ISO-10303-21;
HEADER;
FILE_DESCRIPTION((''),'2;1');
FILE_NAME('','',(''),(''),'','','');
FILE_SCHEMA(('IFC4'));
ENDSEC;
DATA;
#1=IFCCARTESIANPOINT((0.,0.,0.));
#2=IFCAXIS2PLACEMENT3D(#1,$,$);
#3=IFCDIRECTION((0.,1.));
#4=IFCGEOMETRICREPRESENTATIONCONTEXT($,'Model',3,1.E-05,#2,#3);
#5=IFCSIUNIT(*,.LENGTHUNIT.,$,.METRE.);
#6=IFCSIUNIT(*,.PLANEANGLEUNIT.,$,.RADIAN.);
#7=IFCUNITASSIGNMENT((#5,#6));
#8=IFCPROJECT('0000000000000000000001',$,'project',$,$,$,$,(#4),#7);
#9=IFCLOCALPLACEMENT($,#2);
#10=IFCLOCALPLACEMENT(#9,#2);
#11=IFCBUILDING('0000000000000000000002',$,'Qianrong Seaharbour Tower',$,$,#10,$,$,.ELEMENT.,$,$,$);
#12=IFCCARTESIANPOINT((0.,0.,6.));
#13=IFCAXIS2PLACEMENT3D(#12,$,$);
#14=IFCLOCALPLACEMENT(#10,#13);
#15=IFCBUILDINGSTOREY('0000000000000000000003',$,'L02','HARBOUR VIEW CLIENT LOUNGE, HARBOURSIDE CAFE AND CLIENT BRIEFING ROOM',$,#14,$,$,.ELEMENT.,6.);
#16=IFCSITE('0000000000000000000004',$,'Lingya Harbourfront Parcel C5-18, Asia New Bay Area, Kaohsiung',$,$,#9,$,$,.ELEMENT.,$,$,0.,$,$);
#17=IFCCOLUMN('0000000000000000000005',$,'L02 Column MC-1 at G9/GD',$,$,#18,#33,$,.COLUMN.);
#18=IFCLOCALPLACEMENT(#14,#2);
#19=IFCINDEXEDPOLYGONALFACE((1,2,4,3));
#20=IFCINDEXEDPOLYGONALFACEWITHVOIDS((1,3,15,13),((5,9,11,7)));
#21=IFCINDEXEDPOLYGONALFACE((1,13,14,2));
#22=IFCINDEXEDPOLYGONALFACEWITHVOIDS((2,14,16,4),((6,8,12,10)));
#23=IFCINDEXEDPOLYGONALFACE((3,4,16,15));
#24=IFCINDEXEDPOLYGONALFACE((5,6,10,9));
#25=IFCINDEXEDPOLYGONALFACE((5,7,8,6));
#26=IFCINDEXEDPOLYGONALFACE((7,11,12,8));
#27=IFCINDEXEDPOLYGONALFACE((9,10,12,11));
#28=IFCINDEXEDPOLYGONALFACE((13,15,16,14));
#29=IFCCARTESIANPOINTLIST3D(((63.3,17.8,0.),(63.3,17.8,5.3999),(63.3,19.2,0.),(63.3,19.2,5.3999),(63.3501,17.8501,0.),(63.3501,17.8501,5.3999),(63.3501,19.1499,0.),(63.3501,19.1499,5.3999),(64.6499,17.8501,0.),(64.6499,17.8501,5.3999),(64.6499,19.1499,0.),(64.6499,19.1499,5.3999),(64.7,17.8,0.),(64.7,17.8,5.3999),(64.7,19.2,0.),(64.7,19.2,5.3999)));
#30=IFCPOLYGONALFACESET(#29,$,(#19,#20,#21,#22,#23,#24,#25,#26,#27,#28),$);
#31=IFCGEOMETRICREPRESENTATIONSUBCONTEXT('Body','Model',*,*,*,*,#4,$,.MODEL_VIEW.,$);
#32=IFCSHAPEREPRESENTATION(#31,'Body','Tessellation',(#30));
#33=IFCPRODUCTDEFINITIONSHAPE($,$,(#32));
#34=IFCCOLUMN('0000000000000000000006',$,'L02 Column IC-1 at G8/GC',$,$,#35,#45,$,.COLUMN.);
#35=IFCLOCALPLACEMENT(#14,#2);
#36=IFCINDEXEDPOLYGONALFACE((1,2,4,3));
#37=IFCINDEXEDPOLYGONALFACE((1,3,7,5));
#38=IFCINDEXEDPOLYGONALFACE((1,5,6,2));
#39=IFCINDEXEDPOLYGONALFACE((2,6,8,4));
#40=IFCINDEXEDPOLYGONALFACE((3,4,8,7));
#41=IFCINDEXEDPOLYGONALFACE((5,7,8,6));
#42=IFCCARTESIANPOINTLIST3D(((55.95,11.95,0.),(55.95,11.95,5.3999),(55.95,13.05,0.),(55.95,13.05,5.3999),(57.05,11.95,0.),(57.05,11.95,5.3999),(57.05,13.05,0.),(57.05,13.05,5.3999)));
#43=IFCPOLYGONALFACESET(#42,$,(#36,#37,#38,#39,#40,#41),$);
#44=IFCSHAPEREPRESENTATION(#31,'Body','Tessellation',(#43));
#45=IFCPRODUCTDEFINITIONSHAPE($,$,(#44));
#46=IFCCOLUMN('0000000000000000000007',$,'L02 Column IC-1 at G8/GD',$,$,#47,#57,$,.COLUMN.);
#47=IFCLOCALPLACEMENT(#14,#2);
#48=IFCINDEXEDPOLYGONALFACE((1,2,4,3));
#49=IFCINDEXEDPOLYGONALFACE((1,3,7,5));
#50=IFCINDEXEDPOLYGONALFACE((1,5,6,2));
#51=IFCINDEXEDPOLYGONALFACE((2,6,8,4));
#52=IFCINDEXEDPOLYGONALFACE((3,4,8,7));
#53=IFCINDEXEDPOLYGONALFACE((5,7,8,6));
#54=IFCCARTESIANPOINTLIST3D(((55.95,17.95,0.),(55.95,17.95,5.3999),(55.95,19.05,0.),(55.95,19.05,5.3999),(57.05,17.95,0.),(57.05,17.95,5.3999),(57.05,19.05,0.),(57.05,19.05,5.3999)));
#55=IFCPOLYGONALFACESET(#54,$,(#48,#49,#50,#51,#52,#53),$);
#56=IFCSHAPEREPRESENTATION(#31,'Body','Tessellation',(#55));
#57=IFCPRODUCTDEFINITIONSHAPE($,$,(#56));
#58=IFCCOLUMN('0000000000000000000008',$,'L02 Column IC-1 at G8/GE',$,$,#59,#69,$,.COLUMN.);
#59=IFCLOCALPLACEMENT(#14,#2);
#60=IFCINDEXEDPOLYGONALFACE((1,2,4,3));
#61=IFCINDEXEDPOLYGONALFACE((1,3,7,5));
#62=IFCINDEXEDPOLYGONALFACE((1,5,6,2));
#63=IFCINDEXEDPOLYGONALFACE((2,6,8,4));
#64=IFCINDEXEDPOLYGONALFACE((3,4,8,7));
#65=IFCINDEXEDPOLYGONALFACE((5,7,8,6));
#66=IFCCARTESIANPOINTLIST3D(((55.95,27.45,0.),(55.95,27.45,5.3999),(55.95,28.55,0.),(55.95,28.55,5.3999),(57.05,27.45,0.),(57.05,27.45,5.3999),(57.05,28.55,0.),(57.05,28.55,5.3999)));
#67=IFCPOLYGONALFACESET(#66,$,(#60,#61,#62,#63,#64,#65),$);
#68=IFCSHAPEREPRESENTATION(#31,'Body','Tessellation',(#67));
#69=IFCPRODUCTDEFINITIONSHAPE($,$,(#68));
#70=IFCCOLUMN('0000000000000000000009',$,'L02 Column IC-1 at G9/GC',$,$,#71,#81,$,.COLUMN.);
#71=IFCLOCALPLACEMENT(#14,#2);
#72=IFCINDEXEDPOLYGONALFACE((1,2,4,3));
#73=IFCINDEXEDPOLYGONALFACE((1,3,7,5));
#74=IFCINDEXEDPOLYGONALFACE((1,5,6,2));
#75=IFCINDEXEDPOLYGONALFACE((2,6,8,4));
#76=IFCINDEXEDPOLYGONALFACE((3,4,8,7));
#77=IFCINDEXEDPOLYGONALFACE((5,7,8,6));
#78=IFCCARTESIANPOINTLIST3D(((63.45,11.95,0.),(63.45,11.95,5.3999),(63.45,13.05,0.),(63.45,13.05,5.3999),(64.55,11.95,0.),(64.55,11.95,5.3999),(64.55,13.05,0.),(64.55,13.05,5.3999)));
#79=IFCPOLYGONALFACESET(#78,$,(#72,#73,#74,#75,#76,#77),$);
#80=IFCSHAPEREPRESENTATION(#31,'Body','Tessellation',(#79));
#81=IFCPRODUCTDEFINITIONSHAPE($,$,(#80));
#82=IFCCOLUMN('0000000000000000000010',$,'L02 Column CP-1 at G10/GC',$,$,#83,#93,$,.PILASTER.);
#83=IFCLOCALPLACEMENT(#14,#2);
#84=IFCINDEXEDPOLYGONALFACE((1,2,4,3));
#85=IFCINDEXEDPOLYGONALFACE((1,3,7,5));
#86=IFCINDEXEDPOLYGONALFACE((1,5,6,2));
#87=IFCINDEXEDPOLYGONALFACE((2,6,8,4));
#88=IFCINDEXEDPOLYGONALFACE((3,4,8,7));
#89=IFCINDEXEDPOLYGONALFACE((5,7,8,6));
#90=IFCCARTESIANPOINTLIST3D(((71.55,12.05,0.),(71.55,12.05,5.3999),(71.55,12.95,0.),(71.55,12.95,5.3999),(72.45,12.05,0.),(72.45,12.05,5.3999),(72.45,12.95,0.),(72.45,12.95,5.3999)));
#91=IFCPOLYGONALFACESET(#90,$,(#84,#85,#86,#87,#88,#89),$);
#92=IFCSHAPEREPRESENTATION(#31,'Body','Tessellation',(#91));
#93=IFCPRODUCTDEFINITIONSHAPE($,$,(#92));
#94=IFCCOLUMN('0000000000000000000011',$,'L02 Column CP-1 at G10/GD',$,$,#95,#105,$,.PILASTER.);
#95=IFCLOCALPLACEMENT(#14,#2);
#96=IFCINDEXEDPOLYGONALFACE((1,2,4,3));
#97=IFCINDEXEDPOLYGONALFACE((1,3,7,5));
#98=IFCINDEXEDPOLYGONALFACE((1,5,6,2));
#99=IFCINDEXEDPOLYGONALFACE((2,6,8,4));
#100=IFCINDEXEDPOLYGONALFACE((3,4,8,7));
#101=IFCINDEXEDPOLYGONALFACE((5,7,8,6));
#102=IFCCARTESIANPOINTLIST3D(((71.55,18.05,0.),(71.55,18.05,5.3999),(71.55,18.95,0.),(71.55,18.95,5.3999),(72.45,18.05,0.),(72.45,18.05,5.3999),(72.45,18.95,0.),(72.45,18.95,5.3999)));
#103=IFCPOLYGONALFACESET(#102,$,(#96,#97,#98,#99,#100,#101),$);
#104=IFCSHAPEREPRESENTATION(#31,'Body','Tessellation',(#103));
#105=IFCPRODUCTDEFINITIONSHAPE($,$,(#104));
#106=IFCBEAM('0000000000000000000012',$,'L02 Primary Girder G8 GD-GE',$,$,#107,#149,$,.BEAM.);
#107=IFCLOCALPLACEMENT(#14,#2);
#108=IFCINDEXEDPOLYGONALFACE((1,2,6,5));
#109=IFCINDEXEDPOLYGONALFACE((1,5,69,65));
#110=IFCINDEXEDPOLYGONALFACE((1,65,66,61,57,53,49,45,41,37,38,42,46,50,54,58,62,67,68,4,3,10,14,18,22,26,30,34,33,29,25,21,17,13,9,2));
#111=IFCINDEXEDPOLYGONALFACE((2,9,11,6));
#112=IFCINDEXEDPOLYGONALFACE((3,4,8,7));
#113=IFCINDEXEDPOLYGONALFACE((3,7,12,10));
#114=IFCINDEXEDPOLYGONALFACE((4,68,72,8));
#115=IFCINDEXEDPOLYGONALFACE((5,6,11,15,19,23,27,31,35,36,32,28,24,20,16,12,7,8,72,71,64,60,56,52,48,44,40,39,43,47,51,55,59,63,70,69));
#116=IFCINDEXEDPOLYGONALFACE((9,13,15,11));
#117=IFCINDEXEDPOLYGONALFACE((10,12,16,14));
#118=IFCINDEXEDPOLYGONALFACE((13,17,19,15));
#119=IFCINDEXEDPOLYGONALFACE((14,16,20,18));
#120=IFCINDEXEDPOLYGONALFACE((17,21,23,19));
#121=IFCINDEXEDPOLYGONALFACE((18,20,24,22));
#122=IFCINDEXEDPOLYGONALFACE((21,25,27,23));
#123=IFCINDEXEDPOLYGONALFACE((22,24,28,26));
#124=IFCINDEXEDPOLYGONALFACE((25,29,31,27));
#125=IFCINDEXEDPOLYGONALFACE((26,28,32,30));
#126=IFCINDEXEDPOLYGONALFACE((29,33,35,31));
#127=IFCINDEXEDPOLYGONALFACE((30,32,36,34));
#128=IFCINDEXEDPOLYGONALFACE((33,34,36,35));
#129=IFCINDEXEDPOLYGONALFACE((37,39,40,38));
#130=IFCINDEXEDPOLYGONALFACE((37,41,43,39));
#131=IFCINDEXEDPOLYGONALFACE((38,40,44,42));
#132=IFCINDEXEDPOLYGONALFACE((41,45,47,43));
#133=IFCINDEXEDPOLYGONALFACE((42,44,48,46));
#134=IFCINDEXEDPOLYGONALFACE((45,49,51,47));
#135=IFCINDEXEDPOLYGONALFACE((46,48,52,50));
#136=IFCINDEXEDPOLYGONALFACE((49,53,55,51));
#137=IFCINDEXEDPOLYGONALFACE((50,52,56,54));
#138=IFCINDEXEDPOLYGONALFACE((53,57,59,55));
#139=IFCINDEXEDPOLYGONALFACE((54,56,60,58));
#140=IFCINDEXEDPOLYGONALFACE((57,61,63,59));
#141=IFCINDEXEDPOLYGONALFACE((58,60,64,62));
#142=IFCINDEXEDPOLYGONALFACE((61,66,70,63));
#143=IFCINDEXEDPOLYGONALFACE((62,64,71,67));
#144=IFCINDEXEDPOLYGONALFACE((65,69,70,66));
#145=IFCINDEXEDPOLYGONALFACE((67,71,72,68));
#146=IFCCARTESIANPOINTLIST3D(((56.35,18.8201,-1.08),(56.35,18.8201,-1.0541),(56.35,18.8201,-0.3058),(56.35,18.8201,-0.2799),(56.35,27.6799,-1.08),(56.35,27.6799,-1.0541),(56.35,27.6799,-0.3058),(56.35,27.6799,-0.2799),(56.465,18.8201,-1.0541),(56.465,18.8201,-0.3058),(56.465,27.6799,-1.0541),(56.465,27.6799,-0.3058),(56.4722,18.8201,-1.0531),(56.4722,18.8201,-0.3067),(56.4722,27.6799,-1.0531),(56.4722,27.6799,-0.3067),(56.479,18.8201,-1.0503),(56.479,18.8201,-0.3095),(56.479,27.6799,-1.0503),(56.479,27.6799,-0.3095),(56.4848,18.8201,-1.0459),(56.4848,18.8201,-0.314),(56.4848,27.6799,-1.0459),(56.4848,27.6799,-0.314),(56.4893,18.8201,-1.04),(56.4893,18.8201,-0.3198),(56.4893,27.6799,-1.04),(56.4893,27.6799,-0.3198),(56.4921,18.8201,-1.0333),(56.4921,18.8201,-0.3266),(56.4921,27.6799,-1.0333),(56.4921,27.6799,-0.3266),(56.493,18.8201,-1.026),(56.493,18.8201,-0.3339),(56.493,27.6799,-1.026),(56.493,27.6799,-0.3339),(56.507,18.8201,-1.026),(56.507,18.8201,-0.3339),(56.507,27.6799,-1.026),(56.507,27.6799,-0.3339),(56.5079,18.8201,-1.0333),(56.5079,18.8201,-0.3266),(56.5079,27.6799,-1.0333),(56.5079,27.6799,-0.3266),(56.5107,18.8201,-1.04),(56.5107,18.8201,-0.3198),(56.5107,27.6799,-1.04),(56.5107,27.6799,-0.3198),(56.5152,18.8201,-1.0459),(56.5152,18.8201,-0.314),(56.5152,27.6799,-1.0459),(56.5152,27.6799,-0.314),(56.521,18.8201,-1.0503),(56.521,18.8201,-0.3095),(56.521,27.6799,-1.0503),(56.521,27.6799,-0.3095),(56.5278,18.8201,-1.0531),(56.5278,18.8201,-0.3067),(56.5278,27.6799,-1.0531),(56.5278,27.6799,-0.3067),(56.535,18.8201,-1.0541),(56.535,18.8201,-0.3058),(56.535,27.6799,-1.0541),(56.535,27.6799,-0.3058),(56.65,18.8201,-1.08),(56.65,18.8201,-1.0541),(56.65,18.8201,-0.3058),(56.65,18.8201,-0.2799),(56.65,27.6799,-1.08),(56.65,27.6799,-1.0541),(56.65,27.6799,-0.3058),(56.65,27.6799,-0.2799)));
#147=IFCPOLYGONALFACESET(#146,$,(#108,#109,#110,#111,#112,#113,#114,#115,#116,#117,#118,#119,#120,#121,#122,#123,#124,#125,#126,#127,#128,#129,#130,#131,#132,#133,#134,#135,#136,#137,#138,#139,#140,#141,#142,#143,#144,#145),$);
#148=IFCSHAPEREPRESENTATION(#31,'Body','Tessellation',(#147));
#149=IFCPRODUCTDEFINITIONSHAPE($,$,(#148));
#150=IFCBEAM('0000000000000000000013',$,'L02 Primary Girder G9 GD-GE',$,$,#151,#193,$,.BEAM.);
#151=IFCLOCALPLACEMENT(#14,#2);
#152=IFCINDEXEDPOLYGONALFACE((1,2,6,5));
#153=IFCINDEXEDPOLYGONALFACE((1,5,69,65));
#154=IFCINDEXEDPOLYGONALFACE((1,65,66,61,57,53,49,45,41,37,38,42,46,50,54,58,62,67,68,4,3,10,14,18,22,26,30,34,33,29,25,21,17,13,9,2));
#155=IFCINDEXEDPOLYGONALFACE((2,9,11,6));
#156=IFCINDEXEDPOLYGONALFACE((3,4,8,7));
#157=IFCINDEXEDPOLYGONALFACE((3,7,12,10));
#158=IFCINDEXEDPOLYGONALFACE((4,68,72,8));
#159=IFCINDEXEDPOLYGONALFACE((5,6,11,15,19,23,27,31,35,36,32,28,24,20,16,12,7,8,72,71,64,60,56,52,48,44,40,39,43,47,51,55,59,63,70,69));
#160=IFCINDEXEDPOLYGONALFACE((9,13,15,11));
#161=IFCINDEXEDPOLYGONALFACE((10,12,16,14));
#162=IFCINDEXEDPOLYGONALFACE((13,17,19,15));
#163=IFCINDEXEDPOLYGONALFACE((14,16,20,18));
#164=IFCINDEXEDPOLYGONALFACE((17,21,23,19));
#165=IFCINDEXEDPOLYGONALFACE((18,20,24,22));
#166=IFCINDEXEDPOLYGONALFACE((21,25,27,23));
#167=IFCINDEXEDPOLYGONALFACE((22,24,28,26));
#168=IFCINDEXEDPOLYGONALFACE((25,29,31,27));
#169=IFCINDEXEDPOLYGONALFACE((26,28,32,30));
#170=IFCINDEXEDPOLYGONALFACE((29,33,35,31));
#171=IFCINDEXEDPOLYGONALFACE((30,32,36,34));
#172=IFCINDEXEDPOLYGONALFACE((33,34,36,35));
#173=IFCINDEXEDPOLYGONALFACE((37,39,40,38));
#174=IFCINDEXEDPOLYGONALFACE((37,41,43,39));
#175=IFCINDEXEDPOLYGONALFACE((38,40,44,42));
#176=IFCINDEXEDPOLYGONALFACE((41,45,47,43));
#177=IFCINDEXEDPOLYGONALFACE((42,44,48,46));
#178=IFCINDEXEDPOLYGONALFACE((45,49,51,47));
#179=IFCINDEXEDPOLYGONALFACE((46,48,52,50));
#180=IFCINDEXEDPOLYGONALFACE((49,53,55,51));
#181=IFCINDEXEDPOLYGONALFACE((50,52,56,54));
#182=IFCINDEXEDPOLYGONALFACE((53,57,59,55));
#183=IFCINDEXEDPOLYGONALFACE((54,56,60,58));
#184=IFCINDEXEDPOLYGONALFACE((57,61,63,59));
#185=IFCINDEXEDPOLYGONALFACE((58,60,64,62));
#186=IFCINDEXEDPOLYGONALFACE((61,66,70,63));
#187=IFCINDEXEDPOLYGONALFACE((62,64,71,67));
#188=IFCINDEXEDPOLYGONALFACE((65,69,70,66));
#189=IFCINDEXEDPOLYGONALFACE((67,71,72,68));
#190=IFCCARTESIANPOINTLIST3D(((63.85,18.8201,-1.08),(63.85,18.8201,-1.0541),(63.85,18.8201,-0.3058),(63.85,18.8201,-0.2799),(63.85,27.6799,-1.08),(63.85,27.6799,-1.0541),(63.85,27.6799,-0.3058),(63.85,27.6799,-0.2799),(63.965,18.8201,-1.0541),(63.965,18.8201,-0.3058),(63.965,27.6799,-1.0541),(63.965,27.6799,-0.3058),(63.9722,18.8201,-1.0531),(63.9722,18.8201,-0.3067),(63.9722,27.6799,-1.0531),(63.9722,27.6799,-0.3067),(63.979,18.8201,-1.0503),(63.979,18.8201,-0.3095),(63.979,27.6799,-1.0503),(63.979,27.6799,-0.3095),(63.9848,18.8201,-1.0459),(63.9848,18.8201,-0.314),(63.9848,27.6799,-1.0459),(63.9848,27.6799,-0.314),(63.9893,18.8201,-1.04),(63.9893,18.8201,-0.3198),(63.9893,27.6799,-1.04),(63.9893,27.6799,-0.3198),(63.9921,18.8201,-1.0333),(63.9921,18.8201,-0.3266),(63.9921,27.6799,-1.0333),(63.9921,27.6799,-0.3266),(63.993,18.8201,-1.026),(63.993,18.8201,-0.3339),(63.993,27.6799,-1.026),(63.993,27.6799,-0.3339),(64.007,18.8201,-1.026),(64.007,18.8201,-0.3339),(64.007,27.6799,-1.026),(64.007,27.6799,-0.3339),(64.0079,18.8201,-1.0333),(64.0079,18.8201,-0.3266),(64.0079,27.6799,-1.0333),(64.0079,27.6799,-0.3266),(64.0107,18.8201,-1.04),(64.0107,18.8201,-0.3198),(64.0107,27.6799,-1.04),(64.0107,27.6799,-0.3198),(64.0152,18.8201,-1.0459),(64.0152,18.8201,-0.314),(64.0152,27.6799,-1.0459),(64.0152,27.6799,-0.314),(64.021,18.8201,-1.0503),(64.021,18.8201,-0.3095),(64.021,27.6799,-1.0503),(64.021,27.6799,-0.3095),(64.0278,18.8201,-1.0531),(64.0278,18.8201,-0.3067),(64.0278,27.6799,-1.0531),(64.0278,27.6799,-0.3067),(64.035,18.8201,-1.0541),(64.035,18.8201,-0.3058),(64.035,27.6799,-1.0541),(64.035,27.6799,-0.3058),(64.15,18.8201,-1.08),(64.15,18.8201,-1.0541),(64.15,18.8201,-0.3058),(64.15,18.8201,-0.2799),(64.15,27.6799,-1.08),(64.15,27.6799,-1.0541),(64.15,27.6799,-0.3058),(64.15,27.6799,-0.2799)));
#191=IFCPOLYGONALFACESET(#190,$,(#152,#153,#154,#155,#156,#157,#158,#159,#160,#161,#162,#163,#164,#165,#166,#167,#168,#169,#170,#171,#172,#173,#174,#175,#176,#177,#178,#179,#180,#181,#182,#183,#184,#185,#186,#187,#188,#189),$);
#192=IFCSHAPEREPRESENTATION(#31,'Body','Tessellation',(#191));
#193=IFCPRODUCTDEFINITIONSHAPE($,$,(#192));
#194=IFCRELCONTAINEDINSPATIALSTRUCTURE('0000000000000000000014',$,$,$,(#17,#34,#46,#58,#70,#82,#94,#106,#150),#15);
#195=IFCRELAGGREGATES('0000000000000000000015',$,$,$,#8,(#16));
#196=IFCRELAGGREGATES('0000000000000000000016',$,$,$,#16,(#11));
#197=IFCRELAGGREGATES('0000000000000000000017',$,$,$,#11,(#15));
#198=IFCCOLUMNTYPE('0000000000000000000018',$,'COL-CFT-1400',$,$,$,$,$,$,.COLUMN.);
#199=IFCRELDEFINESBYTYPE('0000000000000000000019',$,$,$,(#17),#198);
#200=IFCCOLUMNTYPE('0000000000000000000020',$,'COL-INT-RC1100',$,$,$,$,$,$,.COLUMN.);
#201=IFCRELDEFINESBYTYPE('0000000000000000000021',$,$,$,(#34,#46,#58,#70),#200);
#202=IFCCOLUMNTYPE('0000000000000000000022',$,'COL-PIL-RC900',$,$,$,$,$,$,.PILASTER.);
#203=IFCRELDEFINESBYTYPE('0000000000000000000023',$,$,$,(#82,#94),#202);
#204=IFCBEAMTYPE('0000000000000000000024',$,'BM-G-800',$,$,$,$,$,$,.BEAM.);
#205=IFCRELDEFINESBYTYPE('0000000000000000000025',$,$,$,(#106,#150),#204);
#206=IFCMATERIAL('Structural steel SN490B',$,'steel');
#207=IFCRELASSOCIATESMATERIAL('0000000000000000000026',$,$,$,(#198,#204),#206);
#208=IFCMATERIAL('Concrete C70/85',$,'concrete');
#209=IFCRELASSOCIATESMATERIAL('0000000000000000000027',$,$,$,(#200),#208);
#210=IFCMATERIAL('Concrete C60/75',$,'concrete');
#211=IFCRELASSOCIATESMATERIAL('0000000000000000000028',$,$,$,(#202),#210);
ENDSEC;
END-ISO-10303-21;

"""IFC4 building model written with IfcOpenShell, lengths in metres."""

from ifc_helpers import new_model, si_unit, direction, frame, origin, origin_2d, place, context, subcontext, project, spatial, rectangle, hollow_rectangle, i_section, extrude, material, material_profile, profile_set, type_object, element, save


model = new_model("IFC4")

# Units and contexts
model_context = context("Model", 3, precision=1e-05, world=origin(), true_north=direction((0.0, 1.0)))
body_context = subcontext(model_context, "Body", "Model", "MODEL_VIEW")
ifc_project = project(units=[si_unit("LENGTHUNIT", "METRE"), si_unit("PLANEANGLEUNIT", "RADIAN")], contexts=[model_context])

# Site, building, storey
site_placement = place(None, origin())
site = spatial("IfcSite", under=ifc_project, at=site_placement, Name="Lingya Harbourfront Parcel C5-18, Asia New Bay Area, Kaohsiung", CompositionType="ELEMENT", RefElevation=0.0)
building_placement = place(site_placement, origin())
building = spatial("IfcBuilding", under=site, at=building_placement, Name="Qianrong Seaharbour Tower", CompositionType="ELEMENT")
storey_placement = place(building_placement, frame((0.0, 0.0, 6.0)))
storey = spatial("IfcBuildingStorey", under=building, at=storey_placement, Name="L02", Description="HARBOUR VIEW CLIENT LOUNGE, HARBOURSIDE CAFE AND CLIENT BRIEFING ROOM", CompositionType="ELEMENT", Elevation=6.0)

# Columns
ifc_material_1 = material(Name="Structural steel SN490B", Category="steel")
ifc_material_profile_1 = material_profile(ifc_material_1, hollow_rectangle(XDim=1.3999, YDim=1.3999, WallThickness=0.05, at=origin_2d()), Name="BOX1400x1400x50")
ifc_profile_set_1 = profile_set([ifc_material_profile_1], Name="Structural steel SN490B")
column_type_1 = type_object("IfcColumnType", Name="COL-CFT-1400", PredefinedType="COLUMN", material=ifc_profile_set_1)
column_placement = place(storey_placement, frame((64.0, 18.5, 0.0), z_axis=(0.0, 0.0, 1.0), x_axis=(1.0, 0.0, 0.0)))
element("IfcColumn", 1, at=column_placement, inside=storey, type_object=column_type_1, Name="L02 Column MC-1 at G9/GD", PredefinedType="COLUMN", context=body_context, shape_type="SweptSolid", body=[
    extrude(hollow_rectangle(XDim=1.3999, YDim=1.3999, WallThickness=0.05, at=origin_2d()), origin(), (0.0, 0.0, 1.0), 5.3999),
])
ifc_material_2 = material(Name="Concrete C70/85", Category="concrete")
ifc_material_profile_2 = material_profile(ifc_material_2, rectangle(XDim=1.1001, YDim=1.1001, at=origin_2d()), Name="RC1100x1100")
ifc_profile_set_2 = profile_set([ifc_material_profile_2], Name="Concrete C70/85")
column_type_2 = type_object("IfcColumnType", Name="COL-INT-RC1100", PredefinedType="COLUMN", material=ifc_profile_set_2)
for number, where, z_axis, x_axis, name in (
    (2, (56.5, 12.5, 0.0), (0.0, 0.0, 1.0), (1.0, 0.0, 0.0), "L02 Column IC-1 at G8/GC"),
    (3, (56.5, 18.5, 0.0), (0.0, 0.0, 1.0), (1.0, 0.0, 0.0), "L02 Column IC-1 at G8/GD"),
    (4, (56.5, 28.0, 0.0), (0.0, 0.0, 1.0), (1.0, 0.0, 0.0), "L02 Column IC-1 at G8/GE"),
    (5, (64.0, 12.5, 0.0), (0.0, 0.0, 1.0), (1.0, 0.0, 0.0), "L02 Column IC-1 at G9/GC"),
):
    element("IfcColumn", number, at=place(storey_placement, frame(where, z_axis=z_axis, x_axis=x_axis)), inside=storey, type_object=column_type_2, Name=name, PredefinedType="COLUMN", context=body_context, shape_type="SweptSolid", body=[
        extrude(rectangle(XDim=1.1001, YDim=1.1001, at=origin_2d()), origin(), (0.0, 0.0, 1.0), 5.3999),
    ])
ifc_material_3 = material(Name="Concrete C60/75", Category="concrete")
ifc_material_profile_3 = material_profile(ifc_material_3, rectangle(XDim=0.8999, YDim=0.8999, at=origin_2d()), Name="RC900x900")
ifc_profile_set_3 = profile_set([ifc_material_profile_3], Name="Concrete C60/75")
column_type_3 = type_object("IfcColumnType", Name="COL-PIL-RC900", PredefinedType="PILASTER", material=ifc_profile_set_3)
for number, where, z_axis, x_axis, name in (
    (6, (72.0, 12.5, 0.0), (0.0, 0.0, 1.0), (1.0, 0.0, 0.0), "L02 Column CP-1 at G10/GC"),
    (7, (72.0, 18.5, 0.0), (0.0, 0.0, 1.0), (1.0, 0.0, 0.0), "L02 Column CP-1 at G10/GD"),
):
    element("IfcColumn", number, at=place(storey_placement, frame(where, z_axis=z_axis, x_axis=x_axis)), inside=storey, type_object=column_type_3, Name=name, PredefinedType="PILASTER", context=body_context, shape_type="SweptSolid", body=[
        extrude(rectangle(XDim=0.8999, YDim=0.8999, at=origin_2d()), origin(), (0.0, 0.0, 1.0), 5.3999),
    ])

# Beams
ifc_material_profile_4 = material_profile(ifc_material_1, i_section(OverallWidth=0.3, OverallDepth=0.8, WebThickness=0.0139, FlangeThickness=0.0259, FilletRadius=0.0281, at=origin_2d()), Name="H800x300x14x26")
ifc_profile_set_4 = profile_set([ifc_material_profile_4], Name="Structural steel SN490B")
beam_type_1 = type_object("IfcBeamType", Name="BM-G-800", PredefinedType="BEAM", material=ifc_profile_set_4)
for number, where, z_axis, x_axis, name in (
    (8, (56.5, 18.8201, -0.6799), (0.0, 1.0, 0.0), (-1.0, 0.0, 0.0), "L02 Primary Girder G8 GD-GE"),
    (9, (64.0, 18.8201, -0.6799), (0.0, 1.0, 0.0), (-1.0, 0.0, 0.0), "L02 Primary Girder G9 GD-GE"),
):
    element("IfcBeam", number, at=place(storey_placement, frame(where, z_axis=z_axis, x_axis=x_axis)), inside=storey, type_object=beam_type_1, Name=name, PredefinedType="BEAM", context=body_context, shape_type="SweptSolid", body=[
        extrude(i_section(OverallWidth=0.3, OverallDepth=0.8, WebThickness=0.0139, FlangeThickness=0.0259, FilletRadius=0.0281, at=origin_2d()), origin(), (0.0, 0.0, 1.0), 8.8599),
    ])

save(model, "model.ifc")
